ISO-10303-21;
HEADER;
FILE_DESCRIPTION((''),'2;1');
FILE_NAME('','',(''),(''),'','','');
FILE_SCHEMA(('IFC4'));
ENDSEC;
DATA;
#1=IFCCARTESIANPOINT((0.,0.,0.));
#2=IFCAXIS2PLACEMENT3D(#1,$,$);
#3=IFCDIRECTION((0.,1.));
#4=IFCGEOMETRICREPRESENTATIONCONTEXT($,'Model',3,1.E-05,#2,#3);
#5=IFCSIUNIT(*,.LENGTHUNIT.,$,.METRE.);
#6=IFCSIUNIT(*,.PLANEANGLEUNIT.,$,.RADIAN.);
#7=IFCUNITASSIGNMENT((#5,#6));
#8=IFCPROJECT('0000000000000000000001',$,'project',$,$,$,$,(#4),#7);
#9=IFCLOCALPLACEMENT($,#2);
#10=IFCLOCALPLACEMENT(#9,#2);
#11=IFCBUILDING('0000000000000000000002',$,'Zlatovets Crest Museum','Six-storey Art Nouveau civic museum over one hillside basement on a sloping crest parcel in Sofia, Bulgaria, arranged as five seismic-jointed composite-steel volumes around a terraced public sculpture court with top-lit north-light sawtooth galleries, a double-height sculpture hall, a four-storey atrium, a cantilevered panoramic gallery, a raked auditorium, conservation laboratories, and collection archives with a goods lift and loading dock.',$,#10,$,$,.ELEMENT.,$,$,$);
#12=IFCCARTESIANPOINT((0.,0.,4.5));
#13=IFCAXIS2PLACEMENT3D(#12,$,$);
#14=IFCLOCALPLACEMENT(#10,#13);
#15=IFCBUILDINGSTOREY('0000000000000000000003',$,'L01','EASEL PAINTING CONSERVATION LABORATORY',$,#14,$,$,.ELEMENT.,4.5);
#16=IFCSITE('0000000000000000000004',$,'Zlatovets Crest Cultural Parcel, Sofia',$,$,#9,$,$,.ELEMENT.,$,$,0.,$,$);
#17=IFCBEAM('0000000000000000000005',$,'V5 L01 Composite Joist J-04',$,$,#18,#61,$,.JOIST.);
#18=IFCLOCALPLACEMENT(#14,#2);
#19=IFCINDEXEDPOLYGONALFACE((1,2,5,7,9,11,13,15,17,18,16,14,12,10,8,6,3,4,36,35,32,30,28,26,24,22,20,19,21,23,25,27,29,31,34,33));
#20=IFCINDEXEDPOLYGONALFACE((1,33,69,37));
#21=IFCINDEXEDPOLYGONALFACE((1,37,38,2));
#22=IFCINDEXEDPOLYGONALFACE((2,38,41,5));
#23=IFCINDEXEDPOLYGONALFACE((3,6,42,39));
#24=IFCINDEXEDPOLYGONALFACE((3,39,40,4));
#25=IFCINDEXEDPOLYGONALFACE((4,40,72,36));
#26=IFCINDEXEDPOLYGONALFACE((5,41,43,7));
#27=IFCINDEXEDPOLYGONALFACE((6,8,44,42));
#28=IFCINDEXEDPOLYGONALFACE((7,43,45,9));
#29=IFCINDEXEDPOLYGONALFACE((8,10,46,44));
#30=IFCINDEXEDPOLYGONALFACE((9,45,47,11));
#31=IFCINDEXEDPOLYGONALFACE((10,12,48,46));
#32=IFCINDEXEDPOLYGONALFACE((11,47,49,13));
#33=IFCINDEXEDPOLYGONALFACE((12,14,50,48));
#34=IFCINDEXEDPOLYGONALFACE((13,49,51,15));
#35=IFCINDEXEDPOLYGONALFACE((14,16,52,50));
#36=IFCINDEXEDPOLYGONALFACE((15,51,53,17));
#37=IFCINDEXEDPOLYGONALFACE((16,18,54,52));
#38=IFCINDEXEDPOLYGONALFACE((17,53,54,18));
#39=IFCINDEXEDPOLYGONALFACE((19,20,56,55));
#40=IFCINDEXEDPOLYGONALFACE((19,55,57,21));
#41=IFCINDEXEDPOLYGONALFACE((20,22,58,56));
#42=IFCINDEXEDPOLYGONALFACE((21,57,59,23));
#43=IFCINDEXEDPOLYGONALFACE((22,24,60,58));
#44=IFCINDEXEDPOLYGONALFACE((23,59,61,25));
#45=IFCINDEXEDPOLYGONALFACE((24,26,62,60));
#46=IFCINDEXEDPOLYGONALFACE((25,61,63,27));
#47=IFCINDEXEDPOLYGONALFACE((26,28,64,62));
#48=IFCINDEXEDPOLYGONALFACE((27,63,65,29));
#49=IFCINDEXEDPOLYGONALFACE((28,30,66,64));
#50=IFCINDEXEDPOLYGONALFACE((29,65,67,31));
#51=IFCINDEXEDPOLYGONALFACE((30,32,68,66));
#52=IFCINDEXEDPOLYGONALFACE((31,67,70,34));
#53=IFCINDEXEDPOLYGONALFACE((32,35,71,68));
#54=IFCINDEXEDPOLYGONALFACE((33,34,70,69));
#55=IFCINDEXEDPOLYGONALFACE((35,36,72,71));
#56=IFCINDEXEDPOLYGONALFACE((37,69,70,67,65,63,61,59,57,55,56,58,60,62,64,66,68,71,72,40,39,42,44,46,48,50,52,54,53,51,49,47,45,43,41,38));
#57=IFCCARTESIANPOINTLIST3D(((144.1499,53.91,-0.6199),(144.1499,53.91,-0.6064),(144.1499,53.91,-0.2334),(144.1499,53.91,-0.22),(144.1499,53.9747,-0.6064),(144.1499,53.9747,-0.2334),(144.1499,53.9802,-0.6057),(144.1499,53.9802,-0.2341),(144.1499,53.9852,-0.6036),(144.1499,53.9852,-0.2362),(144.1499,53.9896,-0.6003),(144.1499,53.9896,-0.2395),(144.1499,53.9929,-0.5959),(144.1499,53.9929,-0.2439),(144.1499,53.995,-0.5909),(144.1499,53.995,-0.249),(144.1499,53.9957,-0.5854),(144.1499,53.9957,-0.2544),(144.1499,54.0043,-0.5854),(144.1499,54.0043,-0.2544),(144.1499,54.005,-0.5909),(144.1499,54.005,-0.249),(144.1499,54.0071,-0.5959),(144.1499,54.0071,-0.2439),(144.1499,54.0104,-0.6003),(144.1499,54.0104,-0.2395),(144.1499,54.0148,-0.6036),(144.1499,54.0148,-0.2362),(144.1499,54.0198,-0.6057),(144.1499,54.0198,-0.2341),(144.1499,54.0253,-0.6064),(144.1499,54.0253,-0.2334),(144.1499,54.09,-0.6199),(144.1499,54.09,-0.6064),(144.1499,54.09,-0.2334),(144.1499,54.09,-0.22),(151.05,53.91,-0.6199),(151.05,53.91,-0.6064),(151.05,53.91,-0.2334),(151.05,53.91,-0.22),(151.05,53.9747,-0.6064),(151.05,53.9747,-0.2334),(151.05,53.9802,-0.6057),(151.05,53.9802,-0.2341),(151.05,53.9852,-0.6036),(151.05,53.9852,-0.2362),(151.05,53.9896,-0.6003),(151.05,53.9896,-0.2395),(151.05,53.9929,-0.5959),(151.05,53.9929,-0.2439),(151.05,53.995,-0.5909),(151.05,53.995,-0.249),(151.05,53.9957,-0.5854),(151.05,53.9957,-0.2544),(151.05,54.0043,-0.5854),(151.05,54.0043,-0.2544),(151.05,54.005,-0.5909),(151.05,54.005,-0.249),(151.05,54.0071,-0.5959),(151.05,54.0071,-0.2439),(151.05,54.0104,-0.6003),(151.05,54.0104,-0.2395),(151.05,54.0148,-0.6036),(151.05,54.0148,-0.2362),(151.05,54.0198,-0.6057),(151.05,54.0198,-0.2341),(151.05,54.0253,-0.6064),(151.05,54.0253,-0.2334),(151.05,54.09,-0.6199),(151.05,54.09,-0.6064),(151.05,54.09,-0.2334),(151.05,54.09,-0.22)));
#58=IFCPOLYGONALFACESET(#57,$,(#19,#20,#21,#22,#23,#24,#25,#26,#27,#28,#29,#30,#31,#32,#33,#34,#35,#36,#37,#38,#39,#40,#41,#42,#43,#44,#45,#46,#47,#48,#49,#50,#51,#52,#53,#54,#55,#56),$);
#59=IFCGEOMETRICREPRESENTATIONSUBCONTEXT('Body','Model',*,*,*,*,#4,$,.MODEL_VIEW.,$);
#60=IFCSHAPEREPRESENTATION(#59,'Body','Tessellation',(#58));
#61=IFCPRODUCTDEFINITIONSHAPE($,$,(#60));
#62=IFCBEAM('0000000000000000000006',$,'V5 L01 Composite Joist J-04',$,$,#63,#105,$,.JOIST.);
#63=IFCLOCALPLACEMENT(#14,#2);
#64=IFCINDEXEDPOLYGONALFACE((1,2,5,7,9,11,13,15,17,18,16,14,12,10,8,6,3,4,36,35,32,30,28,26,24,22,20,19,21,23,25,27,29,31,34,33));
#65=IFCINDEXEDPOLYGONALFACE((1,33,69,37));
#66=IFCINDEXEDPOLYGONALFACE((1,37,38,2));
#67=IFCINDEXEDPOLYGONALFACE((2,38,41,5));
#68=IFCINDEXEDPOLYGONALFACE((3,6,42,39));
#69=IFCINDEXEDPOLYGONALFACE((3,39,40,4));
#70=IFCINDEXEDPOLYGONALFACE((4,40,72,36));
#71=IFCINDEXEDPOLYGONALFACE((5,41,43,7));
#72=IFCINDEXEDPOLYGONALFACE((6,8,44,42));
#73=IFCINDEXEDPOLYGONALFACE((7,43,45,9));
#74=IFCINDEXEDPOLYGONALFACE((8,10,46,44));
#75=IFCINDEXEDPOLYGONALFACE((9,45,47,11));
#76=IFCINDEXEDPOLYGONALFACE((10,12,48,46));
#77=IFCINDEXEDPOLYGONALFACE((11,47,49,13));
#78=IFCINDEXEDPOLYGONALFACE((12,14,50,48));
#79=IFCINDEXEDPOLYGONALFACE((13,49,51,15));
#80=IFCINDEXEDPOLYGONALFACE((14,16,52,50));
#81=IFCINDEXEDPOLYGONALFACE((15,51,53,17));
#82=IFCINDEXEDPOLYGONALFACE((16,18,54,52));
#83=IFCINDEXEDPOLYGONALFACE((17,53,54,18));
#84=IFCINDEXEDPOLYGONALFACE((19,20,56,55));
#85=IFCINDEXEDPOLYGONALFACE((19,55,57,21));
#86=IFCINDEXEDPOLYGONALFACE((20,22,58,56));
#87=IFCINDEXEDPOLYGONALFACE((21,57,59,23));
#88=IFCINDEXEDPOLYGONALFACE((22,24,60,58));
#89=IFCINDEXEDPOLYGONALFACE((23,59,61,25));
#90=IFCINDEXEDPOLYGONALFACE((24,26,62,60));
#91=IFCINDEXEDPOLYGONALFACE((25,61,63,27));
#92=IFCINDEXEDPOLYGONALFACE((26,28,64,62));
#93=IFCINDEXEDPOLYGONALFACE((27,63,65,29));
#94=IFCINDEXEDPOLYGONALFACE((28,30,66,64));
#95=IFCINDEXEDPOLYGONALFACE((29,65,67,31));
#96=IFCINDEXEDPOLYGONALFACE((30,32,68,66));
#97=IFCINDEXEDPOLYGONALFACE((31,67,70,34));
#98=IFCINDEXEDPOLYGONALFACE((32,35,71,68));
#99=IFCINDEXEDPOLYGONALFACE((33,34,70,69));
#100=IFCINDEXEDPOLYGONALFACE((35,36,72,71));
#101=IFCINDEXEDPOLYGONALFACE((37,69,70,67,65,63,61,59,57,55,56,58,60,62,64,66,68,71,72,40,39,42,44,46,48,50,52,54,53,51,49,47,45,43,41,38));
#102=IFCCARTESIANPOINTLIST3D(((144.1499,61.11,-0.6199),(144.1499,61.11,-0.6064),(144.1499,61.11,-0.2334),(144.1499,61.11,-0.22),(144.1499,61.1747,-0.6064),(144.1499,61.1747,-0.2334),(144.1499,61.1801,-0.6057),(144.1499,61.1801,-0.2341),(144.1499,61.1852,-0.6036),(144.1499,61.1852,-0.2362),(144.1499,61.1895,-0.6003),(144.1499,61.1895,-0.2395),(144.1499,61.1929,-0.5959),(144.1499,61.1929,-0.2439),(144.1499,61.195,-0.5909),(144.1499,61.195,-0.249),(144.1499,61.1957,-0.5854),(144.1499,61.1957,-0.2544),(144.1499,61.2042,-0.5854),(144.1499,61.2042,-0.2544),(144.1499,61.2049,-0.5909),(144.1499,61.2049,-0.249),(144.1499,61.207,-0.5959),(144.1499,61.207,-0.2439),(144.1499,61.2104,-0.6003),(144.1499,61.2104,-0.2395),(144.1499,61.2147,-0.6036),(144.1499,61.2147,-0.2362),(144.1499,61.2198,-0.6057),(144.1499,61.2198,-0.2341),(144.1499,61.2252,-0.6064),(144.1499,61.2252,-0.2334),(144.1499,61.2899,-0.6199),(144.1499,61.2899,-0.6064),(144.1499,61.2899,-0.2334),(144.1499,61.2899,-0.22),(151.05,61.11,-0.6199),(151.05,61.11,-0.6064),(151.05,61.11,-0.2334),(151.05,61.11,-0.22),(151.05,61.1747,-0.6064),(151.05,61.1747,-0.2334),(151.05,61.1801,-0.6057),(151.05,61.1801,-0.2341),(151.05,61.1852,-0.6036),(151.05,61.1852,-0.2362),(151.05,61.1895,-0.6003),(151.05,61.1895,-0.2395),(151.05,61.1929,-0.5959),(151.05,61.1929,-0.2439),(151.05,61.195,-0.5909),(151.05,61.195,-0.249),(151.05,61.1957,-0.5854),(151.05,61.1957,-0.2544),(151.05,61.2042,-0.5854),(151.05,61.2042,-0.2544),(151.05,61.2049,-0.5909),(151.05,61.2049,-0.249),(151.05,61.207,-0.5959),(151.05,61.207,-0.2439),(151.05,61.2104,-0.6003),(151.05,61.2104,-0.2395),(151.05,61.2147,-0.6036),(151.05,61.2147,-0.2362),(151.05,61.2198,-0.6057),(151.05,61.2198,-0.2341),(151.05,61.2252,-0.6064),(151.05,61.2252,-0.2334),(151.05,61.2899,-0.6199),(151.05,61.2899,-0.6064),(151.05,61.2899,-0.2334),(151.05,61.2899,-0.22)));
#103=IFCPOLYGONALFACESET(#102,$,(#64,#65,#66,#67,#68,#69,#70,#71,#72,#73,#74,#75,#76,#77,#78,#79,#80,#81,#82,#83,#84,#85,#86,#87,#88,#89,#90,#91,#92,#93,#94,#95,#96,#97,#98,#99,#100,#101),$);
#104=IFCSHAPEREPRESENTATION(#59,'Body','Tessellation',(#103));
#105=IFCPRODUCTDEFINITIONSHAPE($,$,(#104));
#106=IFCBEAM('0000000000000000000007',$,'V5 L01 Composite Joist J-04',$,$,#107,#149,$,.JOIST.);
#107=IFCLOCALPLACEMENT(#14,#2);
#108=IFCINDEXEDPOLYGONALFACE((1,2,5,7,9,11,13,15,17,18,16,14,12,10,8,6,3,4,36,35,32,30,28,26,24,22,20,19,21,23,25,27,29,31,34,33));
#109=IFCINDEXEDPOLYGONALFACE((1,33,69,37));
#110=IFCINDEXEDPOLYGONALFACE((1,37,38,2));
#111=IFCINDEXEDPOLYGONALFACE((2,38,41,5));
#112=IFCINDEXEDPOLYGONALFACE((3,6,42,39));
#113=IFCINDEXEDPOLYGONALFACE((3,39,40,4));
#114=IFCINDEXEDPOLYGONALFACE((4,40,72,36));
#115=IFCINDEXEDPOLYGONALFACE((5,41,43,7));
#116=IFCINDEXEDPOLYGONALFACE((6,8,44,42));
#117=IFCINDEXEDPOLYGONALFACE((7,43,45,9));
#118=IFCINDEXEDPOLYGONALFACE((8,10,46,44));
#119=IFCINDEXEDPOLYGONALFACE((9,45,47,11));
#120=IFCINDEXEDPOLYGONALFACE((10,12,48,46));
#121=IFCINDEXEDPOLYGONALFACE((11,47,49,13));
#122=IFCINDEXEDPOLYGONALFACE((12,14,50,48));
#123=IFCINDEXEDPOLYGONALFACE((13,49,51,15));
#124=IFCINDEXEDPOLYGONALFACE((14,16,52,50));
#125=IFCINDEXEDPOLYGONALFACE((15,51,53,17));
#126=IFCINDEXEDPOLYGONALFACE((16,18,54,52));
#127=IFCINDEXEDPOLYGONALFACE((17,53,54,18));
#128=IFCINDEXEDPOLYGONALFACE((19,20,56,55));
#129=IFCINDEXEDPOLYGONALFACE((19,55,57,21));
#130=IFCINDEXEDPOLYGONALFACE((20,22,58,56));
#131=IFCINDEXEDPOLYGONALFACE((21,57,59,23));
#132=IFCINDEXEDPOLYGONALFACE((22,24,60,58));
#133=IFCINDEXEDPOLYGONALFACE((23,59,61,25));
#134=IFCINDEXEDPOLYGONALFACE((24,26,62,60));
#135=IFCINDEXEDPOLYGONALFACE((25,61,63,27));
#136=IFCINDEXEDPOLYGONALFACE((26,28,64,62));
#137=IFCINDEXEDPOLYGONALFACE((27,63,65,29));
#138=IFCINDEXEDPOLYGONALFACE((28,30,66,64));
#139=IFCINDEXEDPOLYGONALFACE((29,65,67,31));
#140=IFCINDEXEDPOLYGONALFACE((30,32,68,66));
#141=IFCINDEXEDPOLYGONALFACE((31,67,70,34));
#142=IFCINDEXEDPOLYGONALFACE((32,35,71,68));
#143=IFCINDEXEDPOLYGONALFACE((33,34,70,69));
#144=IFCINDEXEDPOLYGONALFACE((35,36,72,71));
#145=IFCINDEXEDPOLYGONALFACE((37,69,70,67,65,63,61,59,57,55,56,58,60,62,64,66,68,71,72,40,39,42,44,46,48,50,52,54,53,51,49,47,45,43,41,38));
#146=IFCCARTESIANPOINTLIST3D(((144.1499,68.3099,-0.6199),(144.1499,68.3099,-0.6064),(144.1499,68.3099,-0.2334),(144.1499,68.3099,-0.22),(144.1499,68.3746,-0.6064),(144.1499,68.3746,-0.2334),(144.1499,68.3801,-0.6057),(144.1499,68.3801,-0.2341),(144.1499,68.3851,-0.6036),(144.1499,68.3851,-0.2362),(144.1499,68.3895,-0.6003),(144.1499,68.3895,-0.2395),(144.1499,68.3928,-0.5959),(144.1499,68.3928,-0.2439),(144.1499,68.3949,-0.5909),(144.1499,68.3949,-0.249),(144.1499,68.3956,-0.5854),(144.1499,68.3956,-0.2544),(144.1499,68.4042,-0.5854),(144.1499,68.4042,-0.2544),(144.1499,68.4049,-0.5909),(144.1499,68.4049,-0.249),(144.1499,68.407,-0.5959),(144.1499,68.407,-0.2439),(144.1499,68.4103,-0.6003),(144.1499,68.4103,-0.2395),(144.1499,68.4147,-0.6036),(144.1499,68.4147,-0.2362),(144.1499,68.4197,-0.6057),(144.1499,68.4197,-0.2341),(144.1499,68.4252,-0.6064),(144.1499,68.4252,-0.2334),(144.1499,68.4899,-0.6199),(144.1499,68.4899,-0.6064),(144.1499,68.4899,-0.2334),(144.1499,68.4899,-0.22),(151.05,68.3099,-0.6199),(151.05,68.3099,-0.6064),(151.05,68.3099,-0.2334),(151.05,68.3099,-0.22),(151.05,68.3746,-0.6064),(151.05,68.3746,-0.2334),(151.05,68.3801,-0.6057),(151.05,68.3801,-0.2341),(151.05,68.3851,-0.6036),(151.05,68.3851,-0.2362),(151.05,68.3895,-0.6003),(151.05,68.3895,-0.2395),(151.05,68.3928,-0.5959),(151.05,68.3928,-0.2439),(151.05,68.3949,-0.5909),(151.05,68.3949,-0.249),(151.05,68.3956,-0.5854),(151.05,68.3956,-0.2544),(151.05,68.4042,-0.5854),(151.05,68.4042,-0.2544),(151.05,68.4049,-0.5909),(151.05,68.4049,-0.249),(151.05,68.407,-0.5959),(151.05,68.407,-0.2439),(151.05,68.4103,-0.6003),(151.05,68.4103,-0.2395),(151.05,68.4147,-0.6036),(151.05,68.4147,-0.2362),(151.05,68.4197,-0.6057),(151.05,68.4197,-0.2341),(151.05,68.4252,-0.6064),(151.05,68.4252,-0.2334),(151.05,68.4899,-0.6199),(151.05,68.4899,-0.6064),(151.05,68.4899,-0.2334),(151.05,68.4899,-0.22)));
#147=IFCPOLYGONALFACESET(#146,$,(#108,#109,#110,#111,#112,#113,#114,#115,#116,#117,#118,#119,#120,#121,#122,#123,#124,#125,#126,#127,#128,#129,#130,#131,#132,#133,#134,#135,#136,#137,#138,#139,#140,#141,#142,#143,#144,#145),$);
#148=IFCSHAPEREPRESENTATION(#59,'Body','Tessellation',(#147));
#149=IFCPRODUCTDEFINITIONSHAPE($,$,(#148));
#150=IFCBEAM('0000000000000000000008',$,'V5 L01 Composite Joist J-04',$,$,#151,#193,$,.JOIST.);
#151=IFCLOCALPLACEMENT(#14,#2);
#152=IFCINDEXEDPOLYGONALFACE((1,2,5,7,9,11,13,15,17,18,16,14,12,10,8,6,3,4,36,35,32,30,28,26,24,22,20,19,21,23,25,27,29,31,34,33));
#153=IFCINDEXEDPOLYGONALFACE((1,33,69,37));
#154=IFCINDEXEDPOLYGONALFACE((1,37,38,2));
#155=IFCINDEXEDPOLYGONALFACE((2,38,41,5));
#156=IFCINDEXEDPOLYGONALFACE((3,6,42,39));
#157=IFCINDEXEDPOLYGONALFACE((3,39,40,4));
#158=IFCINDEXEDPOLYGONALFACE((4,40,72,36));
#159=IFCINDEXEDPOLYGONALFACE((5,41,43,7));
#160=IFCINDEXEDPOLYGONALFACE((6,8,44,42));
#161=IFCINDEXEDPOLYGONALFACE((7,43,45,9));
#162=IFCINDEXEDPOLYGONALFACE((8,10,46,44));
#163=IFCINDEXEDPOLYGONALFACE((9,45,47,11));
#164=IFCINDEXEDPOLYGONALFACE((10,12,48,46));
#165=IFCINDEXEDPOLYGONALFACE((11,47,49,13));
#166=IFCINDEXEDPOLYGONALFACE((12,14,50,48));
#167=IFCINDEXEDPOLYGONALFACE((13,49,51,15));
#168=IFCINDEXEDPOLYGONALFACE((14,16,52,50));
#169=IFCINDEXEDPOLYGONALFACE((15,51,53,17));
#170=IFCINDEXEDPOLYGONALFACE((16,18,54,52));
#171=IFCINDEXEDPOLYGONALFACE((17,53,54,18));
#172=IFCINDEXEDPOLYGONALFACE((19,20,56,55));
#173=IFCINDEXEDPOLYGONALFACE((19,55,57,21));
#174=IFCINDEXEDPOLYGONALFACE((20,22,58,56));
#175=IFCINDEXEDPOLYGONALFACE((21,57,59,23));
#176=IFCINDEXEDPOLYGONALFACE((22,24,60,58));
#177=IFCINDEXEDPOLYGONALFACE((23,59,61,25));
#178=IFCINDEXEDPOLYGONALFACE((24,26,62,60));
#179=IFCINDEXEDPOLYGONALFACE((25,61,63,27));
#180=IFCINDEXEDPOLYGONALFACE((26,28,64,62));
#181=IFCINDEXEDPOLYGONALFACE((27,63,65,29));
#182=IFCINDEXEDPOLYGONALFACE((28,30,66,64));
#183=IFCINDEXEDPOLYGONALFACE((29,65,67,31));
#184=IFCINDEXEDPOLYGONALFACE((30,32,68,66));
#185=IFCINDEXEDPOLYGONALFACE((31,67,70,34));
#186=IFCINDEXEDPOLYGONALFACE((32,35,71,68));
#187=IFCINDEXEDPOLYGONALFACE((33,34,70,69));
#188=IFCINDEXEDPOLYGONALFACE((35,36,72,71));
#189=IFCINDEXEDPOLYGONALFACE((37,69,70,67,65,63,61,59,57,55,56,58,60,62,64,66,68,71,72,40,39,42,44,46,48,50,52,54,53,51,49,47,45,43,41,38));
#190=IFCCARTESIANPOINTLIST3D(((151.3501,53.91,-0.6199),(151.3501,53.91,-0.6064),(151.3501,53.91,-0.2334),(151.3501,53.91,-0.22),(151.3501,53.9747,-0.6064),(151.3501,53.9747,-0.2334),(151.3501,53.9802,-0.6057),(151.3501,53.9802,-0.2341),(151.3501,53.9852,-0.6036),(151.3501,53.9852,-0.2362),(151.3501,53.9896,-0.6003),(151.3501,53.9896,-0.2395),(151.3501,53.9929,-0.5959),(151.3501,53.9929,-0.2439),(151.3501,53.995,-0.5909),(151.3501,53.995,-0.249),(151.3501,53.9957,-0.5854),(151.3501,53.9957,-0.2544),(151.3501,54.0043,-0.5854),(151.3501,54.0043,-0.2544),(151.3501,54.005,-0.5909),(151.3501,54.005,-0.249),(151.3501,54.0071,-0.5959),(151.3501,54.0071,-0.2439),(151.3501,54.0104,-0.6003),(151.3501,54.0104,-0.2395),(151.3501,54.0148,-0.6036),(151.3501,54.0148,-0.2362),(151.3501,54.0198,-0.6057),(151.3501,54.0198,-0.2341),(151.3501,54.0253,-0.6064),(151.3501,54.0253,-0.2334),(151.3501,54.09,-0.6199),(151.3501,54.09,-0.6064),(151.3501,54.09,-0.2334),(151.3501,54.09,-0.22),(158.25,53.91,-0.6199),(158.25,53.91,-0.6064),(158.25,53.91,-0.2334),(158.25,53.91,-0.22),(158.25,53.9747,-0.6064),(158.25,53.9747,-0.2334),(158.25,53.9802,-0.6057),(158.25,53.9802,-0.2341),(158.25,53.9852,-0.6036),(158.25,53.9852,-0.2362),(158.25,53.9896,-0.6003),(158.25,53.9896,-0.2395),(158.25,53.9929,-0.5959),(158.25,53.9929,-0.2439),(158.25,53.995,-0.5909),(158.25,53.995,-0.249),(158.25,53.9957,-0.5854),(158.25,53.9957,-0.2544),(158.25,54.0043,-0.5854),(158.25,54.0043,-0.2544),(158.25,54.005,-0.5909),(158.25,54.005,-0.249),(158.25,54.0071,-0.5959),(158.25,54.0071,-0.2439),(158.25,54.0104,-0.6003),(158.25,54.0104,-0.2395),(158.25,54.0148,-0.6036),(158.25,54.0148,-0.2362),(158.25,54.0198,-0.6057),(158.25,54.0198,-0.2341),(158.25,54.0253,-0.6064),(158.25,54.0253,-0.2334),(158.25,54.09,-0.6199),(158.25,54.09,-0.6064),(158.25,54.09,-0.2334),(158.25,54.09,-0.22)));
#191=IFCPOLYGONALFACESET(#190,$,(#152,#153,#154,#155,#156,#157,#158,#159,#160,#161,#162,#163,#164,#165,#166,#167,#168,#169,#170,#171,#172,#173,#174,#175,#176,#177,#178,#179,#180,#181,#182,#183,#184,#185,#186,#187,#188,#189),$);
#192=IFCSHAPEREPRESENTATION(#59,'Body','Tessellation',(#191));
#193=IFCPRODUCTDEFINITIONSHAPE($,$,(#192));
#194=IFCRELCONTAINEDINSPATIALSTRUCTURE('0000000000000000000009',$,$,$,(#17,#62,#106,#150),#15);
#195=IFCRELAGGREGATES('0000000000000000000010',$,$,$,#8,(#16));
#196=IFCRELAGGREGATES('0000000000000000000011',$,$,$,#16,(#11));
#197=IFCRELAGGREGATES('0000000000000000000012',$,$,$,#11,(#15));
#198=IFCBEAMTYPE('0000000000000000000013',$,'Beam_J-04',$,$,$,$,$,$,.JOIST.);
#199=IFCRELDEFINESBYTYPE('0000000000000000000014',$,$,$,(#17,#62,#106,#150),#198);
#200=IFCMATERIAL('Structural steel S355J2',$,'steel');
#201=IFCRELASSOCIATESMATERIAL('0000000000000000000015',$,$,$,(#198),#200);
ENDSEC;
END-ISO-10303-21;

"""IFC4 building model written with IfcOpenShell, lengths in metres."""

from ifc_helpers import new_model, si_unit, direction, frame, origin, origin_2d, place, context, subcontext, project, spatial, i_section, extrude, material, material_profile, profile_set, type_object, element, save


model = new_model("IFC4")

# Units and contexts
model_context = context("Model", 3, precision=1e-05, world=origin(), true_north=direction((0.0, 1.0)))
body_context = subcontext(model_context, "Body", "Model", "MODEL_VIEW")
ifc_project = project(units=[si_unit("LENGTHUNIT", "METRE"), si_unit("PLANEANGLEUNIT", "RADIAN")], contexts=[model_context])

# Site, building, storey
site_placement = place(None, origin())
site = spatial("IfcSite", under=ifc_project, at=site_placement, Name="Zlatovets Crest Cultural Parcel, Sofia", CompositionType="ELEMENT", RefElevation=0.0)
building_placement = place(site_placement, origin())
building = spatial("IfcBuilding", under=site, at=building_placement, Name="Zlatovets Crest Museum", Description="Six-storey Art Nouveau civic museum over one hillside basement on a sloping crest parcel in Sofia, Bulgaria, arranged as five seismic-jointed composite-steel volumes around a terraced public sculpture court with top-lit north-light sawtooth galleries, a double-height sculpture hall, a four-storey atrium, a cantilevered panoramic gallery, a raked auditorium, conservation laboratories, and collection archives with a goods lift and loading dock.", CompositionType="ELEMENT")
storey_placement = place(building_placement, frame((0.0, 0.0, 4.5)))
storey = spatial("IfcBuildingStorey", under=building, at=storey_placement, Name="L01", Description="EASEL PAINTING CONSERVATION LABORATORY", CompositionType="ELEMENT", Elevation=4.5)

# Shared definitions
ifc_material_1 = material(Name="Structural steel S355J2", Category="steel")

# Beams
ifc_material_profile_1 = material_profile(ifc_material_1, i_section(OverallWidth=0.1799, OverallDepth=0.3999, WebThickness=0.0085, FlangeThickness=0.0134, FilletRadius=0.021, at=origin_2d()), Name="IPE 400")
ifc_profile_set_1 = profile_set([ifc_material_profile_1], Name="Structural steel S355J2")
beam_type_1 = type_object("IfcBeamType", Name="Beam_J-04", PredefinedType="JOIST", material=ifc_profile_set_1)
for number, where, z_axis, x_axis, name in (
    (1, (144.1499, 54.0, -0.4199), (1.0, 0.0, 0.0), (0.0, 1.0, 0.0), "V5 L01 Composite Joist J-04"),
    (2, (144.1499, 61.2, -0.4199), (1.0, 0.0, 0.0), (0.0, 1.0, 0.0), "V5 L01 Composite Joist J-04"),
    (3, (144.1499, 68.3999, -0.4199), (1.0, 0.0, 0.0), (0.0, 1.0, 0.0), "V5 L01 Composite Joist J-04"),
):
    element("IfcBeam", number, at=place(storey_placement, frame(where, z_axis=z_axis, x_axis=x_axis)), inside=storey, type_object=beam_type_1, Name=name, PredefinedType="JOIST", context=body_context, shape_type="SweptSolid", body=[
        extrude(i_section(OverallWidth=0.1799, OverallDepth=0.3999, WebThickness=0.0085, FlangeThickness=0.0134, FilletRadius=0.021, at=origin_2d()), origin(), (0.0, 0.0, 1.0), 6.9001),
    ])
for number, where, z_axis, x_axis, name in (
    (4, (151.3501, 54.0, -0.4199), (1.0, 0.0, 0.0), (0.0, 1.0, 0.0), "V5 L01 Composite Joist J-04"),
):
    element("IfcBeam", number, at=place(storey_placement, frame(where, z_axis=z_axis, x_axis=x_axis)), inside=storey, type_object=beam_type_1, Name=name, PredefinedType="JOIST", context=body_context, shape_type="SweptSolid", body=[
        extrude(i_section(OverallWidth=0.1799, OverallDepth=0.3999, WebThickness=0.0085, FlangeThickness=0.0134, FilletRadius=0.021, at=origin_2d()), origin(), (0.0, 0.0, 1.0), 6.8999),
    ])

save(model, "model.ifc")
